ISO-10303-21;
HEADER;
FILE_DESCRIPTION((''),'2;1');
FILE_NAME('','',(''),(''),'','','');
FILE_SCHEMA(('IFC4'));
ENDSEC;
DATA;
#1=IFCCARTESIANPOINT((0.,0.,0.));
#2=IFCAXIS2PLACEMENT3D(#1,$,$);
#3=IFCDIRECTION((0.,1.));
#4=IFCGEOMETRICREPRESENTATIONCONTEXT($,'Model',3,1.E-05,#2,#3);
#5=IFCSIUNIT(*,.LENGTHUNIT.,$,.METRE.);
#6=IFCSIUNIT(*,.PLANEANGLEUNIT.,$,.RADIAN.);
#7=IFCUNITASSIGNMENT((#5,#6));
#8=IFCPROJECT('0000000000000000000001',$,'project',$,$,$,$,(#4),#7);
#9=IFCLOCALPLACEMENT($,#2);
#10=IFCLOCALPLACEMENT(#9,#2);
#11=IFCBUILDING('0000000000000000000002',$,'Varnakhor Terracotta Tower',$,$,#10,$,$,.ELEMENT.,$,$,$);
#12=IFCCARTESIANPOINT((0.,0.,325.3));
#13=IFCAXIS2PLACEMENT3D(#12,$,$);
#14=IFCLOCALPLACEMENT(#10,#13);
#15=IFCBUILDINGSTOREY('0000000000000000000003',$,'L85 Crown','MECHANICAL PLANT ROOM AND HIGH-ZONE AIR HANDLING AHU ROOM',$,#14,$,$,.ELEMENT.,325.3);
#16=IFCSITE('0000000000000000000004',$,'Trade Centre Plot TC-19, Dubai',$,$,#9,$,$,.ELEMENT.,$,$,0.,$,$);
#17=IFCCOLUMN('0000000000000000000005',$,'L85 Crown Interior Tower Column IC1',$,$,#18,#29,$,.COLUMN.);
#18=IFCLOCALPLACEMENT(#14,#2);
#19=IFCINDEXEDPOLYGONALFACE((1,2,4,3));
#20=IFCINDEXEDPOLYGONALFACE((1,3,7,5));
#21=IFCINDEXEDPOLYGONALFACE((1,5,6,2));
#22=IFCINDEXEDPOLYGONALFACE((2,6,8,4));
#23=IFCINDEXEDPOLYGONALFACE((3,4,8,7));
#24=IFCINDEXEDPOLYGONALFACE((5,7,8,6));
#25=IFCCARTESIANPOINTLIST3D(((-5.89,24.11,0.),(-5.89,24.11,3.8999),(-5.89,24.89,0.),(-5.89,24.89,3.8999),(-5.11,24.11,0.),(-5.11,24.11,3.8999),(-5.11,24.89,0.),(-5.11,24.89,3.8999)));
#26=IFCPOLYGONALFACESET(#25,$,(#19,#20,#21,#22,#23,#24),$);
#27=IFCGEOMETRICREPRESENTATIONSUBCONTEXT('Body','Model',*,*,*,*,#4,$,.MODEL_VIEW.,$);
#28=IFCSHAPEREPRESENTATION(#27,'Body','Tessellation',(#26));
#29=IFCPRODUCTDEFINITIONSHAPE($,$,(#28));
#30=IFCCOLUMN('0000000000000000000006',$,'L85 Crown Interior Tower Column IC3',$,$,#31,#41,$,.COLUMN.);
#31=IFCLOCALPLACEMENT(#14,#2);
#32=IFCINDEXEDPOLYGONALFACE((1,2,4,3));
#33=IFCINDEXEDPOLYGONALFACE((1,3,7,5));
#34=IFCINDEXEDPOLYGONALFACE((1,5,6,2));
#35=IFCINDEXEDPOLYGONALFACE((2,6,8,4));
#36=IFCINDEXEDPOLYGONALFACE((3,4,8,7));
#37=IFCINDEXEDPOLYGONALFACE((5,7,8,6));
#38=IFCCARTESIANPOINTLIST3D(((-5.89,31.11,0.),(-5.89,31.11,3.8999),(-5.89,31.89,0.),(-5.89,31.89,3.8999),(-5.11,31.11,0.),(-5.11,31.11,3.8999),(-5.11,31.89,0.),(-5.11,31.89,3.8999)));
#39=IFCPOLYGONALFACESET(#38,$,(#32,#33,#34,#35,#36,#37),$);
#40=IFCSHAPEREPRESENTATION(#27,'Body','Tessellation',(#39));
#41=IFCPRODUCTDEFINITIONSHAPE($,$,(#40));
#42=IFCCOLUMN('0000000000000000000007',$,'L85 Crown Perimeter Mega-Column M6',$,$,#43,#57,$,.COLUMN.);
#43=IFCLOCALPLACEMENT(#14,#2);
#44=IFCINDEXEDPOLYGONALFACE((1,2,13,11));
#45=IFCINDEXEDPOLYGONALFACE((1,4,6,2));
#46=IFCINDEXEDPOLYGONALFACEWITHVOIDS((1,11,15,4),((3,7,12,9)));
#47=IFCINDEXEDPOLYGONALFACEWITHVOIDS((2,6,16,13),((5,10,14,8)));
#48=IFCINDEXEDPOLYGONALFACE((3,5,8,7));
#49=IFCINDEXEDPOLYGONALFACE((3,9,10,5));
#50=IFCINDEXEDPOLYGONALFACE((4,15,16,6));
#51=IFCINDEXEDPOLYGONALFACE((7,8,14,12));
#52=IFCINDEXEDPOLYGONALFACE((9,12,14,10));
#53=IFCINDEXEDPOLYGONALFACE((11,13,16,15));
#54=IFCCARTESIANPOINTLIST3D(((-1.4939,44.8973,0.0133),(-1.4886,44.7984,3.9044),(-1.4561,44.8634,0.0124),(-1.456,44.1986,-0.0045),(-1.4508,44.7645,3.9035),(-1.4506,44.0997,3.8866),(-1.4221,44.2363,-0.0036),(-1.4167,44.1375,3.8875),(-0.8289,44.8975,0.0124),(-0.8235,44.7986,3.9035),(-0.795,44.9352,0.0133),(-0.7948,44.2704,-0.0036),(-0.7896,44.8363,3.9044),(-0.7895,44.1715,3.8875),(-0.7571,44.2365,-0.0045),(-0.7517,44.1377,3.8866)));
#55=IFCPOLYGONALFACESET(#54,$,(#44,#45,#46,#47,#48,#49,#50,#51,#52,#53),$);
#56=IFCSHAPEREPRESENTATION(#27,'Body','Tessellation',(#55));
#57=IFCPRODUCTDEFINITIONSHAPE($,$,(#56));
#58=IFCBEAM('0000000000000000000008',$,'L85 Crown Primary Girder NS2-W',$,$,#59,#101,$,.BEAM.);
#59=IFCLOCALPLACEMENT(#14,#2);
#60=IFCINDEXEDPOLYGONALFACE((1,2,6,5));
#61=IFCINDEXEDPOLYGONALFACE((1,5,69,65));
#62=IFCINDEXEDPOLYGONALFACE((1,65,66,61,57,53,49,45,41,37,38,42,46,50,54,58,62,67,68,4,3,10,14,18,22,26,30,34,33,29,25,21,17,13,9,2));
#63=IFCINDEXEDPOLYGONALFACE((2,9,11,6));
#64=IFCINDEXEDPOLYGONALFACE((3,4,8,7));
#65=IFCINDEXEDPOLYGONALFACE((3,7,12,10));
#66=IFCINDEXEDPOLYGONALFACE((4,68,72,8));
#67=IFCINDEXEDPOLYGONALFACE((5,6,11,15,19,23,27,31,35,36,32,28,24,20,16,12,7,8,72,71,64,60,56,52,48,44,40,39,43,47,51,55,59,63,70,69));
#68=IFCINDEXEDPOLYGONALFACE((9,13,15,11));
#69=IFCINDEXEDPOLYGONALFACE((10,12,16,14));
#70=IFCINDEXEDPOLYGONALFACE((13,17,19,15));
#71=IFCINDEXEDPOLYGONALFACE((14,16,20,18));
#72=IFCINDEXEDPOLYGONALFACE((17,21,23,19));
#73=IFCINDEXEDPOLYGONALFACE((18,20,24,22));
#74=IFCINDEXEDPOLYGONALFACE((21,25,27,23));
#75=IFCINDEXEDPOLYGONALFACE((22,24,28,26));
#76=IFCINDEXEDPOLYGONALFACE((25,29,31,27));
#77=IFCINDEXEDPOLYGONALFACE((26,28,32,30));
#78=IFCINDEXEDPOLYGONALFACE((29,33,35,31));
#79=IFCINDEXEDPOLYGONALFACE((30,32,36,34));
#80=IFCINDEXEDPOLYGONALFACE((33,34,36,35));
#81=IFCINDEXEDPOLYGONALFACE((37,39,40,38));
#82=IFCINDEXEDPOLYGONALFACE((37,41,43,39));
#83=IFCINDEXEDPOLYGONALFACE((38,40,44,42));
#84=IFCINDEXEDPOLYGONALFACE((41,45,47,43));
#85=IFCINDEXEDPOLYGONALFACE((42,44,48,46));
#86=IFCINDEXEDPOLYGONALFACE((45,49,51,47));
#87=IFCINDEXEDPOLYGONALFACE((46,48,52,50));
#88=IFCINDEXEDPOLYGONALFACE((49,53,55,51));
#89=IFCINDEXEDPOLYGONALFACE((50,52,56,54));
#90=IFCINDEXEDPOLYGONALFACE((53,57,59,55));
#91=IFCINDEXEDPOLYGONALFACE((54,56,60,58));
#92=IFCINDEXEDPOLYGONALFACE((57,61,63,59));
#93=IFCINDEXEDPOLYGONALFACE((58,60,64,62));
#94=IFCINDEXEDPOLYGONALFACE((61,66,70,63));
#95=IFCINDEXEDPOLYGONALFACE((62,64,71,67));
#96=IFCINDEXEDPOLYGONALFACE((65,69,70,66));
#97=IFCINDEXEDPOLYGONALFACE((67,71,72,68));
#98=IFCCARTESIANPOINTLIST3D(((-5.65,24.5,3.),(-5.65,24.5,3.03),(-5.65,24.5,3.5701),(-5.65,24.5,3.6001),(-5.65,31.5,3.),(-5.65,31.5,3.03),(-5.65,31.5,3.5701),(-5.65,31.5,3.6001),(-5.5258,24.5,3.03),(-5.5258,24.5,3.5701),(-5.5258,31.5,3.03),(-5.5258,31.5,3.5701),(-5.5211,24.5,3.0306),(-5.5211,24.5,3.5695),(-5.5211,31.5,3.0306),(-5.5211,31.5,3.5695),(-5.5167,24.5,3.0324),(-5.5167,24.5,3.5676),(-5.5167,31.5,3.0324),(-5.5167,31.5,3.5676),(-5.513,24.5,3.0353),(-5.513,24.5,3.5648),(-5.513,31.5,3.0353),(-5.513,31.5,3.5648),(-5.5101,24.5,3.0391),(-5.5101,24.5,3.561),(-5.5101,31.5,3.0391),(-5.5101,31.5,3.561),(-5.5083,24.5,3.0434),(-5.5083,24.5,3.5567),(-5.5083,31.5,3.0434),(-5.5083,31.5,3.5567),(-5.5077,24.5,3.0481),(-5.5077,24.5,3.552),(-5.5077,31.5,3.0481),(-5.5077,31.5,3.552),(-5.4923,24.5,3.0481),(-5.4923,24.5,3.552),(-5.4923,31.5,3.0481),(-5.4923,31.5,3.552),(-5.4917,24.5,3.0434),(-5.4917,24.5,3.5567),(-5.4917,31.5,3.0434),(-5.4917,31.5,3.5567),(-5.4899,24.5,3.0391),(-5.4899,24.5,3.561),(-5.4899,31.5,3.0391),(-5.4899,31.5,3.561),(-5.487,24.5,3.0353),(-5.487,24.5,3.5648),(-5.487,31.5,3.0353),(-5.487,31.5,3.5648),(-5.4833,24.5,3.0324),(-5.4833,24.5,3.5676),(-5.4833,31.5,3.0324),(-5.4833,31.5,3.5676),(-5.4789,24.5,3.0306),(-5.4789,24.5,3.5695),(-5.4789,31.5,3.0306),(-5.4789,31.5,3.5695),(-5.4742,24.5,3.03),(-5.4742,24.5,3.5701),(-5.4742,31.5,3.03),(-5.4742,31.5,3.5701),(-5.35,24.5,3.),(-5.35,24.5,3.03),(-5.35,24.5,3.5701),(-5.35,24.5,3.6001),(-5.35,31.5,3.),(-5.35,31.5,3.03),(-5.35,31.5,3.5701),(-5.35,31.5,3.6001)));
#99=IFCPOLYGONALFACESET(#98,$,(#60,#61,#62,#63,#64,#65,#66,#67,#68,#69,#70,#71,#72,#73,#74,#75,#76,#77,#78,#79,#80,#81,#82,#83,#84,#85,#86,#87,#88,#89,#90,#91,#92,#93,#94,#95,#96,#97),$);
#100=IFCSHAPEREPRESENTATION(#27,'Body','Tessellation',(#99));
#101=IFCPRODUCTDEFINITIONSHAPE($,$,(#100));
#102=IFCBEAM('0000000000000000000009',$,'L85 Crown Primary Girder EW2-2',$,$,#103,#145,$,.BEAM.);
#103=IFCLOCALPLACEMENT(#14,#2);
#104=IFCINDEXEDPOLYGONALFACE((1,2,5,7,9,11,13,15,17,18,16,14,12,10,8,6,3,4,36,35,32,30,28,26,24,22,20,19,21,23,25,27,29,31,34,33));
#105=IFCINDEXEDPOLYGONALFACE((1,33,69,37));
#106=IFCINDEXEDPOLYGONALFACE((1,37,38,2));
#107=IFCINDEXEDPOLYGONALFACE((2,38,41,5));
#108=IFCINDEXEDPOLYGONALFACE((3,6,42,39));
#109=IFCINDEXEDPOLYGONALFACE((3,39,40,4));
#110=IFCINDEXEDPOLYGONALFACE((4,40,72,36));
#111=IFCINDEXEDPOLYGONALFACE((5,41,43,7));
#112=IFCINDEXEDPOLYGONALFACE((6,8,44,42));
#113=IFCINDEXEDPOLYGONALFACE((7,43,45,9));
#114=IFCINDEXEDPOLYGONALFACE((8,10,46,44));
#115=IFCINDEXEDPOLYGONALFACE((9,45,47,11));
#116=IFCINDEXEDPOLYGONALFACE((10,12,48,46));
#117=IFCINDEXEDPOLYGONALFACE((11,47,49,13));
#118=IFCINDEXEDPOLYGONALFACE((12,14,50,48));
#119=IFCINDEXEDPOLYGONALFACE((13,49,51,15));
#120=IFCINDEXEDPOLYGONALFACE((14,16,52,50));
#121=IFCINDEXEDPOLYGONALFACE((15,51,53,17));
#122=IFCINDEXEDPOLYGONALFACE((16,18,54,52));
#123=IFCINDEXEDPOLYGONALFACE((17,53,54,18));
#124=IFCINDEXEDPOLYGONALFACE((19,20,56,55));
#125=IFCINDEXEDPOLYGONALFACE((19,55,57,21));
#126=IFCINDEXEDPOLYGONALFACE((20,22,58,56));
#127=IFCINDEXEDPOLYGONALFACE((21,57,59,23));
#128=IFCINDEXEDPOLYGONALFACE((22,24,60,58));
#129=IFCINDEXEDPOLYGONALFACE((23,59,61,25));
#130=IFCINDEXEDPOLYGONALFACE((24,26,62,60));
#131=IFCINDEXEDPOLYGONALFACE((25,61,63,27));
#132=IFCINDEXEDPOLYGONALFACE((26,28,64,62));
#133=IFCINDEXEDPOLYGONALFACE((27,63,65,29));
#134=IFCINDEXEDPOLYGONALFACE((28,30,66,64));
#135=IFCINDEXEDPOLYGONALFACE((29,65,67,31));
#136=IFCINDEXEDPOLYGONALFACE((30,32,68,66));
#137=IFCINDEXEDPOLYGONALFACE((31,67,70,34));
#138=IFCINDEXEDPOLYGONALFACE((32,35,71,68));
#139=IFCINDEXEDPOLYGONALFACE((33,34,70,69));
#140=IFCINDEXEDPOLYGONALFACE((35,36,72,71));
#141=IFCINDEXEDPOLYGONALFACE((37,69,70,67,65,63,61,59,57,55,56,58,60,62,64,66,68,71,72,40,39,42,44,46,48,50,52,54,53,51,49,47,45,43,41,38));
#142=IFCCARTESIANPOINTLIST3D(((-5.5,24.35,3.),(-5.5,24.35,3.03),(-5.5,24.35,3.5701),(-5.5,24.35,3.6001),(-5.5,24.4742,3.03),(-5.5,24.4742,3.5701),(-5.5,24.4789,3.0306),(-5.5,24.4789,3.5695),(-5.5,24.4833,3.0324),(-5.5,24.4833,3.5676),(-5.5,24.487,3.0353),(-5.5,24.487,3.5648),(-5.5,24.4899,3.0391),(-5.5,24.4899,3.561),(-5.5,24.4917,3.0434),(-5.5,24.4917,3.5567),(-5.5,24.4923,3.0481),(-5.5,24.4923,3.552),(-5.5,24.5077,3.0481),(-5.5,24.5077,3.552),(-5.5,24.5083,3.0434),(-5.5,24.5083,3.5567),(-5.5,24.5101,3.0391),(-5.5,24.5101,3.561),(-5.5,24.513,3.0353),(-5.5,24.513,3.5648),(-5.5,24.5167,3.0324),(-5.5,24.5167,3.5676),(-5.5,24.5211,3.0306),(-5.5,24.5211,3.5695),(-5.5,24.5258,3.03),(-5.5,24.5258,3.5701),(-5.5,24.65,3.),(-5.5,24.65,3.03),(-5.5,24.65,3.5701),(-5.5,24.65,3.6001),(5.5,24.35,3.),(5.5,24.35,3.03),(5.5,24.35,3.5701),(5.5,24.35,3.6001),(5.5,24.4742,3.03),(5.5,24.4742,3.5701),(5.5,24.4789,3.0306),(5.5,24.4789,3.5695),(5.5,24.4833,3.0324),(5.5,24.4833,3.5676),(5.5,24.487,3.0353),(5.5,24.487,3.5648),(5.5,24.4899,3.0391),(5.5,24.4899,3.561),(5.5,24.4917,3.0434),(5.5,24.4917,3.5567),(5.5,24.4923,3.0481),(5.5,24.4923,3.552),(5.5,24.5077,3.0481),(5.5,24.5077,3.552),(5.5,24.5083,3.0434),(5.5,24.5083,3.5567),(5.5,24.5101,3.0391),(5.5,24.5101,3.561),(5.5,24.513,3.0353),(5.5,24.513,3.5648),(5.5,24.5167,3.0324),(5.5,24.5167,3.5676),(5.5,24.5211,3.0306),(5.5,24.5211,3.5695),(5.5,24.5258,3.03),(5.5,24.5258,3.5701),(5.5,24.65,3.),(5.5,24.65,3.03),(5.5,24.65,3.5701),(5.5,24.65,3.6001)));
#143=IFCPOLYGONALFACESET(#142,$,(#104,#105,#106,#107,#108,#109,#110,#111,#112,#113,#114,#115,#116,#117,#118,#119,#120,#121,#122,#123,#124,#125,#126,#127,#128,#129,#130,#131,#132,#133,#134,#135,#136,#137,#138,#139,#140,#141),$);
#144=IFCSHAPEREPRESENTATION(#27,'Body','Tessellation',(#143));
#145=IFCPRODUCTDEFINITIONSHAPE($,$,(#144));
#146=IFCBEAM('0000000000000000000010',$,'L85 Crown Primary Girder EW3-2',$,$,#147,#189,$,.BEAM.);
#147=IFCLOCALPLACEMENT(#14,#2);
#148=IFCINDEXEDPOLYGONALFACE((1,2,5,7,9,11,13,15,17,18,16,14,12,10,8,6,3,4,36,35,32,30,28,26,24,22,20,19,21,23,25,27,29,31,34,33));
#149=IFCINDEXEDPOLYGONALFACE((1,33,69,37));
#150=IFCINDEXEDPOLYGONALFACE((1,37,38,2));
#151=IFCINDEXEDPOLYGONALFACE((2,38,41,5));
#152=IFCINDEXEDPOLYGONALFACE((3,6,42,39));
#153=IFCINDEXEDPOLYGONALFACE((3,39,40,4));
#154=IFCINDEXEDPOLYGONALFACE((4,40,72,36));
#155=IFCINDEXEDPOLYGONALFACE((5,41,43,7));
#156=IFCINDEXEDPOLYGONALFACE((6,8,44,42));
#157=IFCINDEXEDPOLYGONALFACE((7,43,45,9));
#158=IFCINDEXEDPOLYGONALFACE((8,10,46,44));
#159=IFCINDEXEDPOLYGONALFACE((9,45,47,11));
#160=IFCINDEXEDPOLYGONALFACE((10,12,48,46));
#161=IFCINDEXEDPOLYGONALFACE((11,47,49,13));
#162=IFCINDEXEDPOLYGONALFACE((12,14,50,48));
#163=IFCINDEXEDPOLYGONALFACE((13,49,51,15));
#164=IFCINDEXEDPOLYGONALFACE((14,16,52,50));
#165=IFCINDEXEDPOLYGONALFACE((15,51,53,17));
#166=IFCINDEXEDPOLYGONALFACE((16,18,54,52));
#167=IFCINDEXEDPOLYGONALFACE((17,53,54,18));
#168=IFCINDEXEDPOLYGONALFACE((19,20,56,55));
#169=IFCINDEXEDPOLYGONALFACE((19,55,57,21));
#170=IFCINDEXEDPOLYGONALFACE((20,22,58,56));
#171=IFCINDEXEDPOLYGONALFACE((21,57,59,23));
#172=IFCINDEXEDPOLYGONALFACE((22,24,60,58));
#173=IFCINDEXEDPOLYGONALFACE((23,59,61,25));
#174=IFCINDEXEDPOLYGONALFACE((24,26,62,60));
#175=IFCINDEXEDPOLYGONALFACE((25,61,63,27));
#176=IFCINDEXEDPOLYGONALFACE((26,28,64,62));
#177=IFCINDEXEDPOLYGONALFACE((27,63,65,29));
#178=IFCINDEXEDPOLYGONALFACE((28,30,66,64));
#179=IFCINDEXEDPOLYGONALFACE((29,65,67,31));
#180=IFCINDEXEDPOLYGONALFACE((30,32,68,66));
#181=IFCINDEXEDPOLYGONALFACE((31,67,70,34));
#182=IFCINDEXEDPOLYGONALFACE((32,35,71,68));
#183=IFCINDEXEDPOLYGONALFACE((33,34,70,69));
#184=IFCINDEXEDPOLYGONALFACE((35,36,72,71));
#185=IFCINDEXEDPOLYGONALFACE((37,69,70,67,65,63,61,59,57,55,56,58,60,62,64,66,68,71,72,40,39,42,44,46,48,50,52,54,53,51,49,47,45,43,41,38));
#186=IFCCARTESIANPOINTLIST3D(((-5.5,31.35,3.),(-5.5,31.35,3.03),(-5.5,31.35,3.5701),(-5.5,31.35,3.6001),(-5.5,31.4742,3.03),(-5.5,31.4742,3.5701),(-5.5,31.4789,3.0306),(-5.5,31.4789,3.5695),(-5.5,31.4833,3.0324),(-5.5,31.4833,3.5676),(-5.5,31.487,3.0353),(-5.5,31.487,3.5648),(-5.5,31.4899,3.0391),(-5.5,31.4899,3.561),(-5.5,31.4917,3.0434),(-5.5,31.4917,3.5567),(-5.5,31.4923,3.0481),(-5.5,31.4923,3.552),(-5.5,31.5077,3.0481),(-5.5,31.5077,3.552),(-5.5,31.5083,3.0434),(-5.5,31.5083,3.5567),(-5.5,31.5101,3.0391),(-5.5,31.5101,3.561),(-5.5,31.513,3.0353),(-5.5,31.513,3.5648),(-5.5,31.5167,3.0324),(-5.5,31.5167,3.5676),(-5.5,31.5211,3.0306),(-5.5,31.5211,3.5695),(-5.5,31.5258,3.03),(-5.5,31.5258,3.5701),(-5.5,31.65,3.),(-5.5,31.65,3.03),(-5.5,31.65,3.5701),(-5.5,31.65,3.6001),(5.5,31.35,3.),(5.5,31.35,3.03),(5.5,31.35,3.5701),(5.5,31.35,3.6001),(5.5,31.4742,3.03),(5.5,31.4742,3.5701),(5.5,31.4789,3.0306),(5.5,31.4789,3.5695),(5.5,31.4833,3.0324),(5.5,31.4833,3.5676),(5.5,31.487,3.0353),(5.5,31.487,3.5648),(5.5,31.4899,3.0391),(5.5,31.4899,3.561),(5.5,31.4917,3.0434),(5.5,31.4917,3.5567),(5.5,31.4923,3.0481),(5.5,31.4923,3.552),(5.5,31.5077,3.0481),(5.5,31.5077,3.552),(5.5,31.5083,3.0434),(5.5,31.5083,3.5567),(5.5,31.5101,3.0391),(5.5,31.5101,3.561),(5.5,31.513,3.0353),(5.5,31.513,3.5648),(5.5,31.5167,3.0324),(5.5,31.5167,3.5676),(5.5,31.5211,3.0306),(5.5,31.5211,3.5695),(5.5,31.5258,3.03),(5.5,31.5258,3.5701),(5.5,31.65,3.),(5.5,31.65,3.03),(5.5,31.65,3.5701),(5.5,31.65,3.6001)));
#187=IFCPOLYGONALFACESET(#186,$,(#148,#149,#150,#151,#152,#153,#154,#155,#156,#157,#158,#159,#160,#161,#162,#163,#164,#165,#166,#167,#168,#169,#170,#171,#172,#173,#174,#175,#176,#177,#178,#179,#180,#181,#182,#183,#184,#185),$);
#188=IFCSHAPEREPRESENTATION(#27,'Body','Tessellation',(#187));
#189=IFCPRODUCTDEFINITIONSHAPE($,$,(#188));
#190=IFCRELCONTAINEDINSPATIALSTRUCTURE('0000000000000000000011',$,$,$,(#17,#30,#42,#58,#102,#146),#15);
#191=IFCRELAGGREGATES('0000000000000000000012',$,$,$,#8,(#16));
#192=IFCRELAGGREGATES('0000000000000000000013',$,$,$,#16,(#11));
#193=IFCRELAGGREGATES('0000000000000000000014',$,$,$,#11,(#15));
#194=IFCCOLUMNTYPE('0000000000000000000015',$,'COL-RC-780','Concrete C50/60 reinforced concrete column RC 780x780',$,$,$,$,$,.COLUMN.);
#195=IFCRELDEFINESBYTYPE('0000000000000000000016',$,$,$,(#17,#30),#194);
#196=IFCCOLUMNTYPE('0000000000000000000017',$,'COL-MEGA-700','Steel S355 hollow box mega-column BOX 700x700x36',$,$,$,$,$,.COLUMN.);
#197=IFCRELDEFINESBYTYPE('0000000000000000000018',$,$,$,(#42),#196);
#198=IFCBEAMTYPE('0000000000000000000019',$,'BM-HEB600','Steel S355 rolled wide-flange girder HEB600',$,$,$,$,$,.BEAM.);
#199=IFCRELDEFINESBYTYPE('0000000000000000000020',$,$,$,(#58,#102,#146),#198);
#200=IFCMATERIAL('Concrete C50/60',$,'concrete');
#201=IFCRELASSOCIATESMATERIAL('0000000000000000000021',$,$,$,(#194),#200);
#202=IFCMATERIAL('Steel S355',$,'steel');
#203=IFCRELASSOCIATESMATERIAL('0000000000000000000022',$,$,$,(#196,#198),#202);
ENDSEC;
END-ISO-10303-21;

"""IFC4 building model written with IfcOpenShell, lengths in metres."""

from ifc_helpers import new_model, si_unit, direction, frame, origin, origin_2d, place, context, subcontext, project, spatial, rectangle, hollow_rectangle, i_section, extrude, source, transform, mapped, material, material_profile, profile_set, type_object, element, save


model = new_model("IFC4")

# Units and contexts
model_context = context("Model", 3, precision=1e-05, world=origin(), true_north=direction((0.0, 1.0)))
body_context = subcontext(model_context, "Body", "Model", "MODEL_VIEW")
ifc_project = project(units=[si_unit("LENGTHUNIT", "METRE"), si_unit("PLANEANGLEUNIT", "RADIAN")], contexts=[model_context])

# Site, building, storey
site_placement = place(None, origin())
site = spatial("IfcSite", under=ifc_project, at=site_placement, Name="Trade Centre Plot TC-19, Dubai", CompositionType="ELEMENT", RefElevation=0.0)
building_placement = place(site_placement, origin())
building = spatial("IfcBuilding", under=site, at=building_placement, Name="Varnakhor Terracotta Tower", CompositionType="ELEMENT")
storey_placement = place(building_placement, frame((0.0, 0.0, 325.3)))
storey = spatial("IfcBuildingStorey", under=building, at=storey_placement, Name="L85 Crown", Description="MECHANICAL PLANT ROOM AND HIGH-ZONE AIR HANDLING AHU ROOM", CompositionType="ELEMENT", Elevation=325.3)

# Columns
ifc_material_1 = material(Name="Concrete C50/60", Category="concrete")
ifc_material_profile_1 = material_profile(ifc_material_1, rectangle(XDim=0.78, YDim=0.78, at=origin_2d()), Name="RC 780x780")
ifc_profile_set_1 = profile_set([ifc_material_profile_1], Name="Concrete C50/60")
column_type_1 = type_object("IfcColumnType", Name="COL-RC-780", Description="Concrete C50/60 reinforced concrete column RC 780x780", PredefinedType="COLUMN", material=ifc_profile_set_1)
shared_shape_1 = source(origin(), body_context, "Body", "SweptSolid", [
    extrude(rectangle(XDim=0.78, YDim=0.78, at=origin_2d()), origin(), (0.0, 0.0, 1.0), 3.8999),
])
for number, where, z_axis, x_axis, name in (
    (1, (-5.5, 24.5, 0.0), (0.0, 0.0, 1.0), (1.0, 0.0, 0.0), "L85 Crown Interior Tower Column IC1"),
    (2, (-5.5, 31.5, 0.0), (0.0, 0.0, 1.0), (1.0, 0.0, 0.0), "L85 Crown Interior Tower Column IC3"),
):
    element("IfcColumn", number, at=place(storey_placement, frame(where, z_axis=z_axis, x_axis=x_axis)), inside=storey, type_object=column_type_1, Name=name, PredefinedType="COLUMN", context=body_context, shape_type="MappedRepresentation", body=[
        mapped(shared_shape_1, transform((0.0, 0.0, 0.0), scale=1.0)),
    ])
ifc_material_2 = material(Name="Steel S355", Category="steel")
ifc_material_profile_2 = material_profile(ifc_material_2, hollow_rectangle(XDim=0.7, YDim=0.7, WallThickness=0.0359, at=origin_2d()), Name="BOX 700x700x36")
ifc_profile_set_2 = profile_set([ifc_material_profile_2], Name="Steel S355")
column_type_2 = type_object("IfcColumnType", Name="COL-MEGA-700", Description="Steel S355 hollow box mega-column BOX 700x700x36", PredefinedType="COLUMN", material=ifc_profile_set_2)
shared_shape_2 = source(origin(), body_context, "Body", "SweptSolid", [
    extrude(hollow_rectangle(XDim=0.7, YDim=0.7, WallThickness=0.0359, at=origin_2d()), origin(), (0.0, 0.0, 1.0), 3.8923),
])
column_placement = place(storey_placement, frame((-1.1255, 44.5669, 0.0044), z_axis=(0.00138, -0.025403, 0.999676), x_axis=(0.998528, 0.054241, 0.0)))
element("IfcColumn", 3, at=column_placement, inside=storey, type_object=column_type_2, Name="L85 Crown Perimeter Mega-Column M6", PredefinedType="COLUMN", context=body_context, shape_type="MappedRepresentation", body=[
    mapped(shared_shape_2, transform((0.0, 0.0, 0.0), scale=1.0)),
])

# Beams
ifc_material_profile_3 = material_profile(ifc_material_2, i_section(OverallWidth=0.3, OverallDepth=0.6001, WebThickness=0.0154, FlangeThickness=0.03, FilletRadius=0.0181, at=origin_2d()), Name="HEB600")
ifc_profile_set_3 = profile_set([ifc_material_profile_3], Name="Steel S355")
beam_type = type_object("IfcBeamType", Name="BM-HEB600", Description="Steel S355 rolled wide-flange girder HEB600", PredefinedType="BEAM", material=ifc_profile_set_3)
shared_shape_3 = source(origin(), body_context, "Body", "SweptSolid", [
    extrude(i_section(OverallWidth=0.3, OverallDepth=0.6001, WebThickness=0.0154, FlangeThickness=0.03, FilletRadius=0.0181, at=origin_2d()), origin(), (0.0, 0.0, 1.0), 7.0),
])
beam_1_placement = place(storey_placement, frame((-5.5, 24.5, 3.3), z_axis=(0.0, 1.0, 0.0), x_axis=(-1.0, 0.0, 0.0)))
element("IfcBeam", 4, at=beam_1_placement, inside=storey, type_object=beam_type, Name="L85 Crown Primary Girder NS2-W", PredefinedType="BEAM", context=body_context, shape_type="MappedRepresentation", body=[
    mapped(shared_shape_3, transform((0.0, 0.0, 0.0), scale=1.0)),
])
shared_shape_4 = source(origin(), body_context, "Body", "SweptSolid", [
    extrude(i_section(OverallWidth=0.3, OverallDepth=0.6001, WebThickness=0.0154, FlangeThickness=0.03, FilletRadius=0.0181, at=origin_2d()), origin(), (0.0, 0.0, 1.0), 11.0),
])
for number, where, z_axis, x_axis, name in (
    (5, (-5.5, 24.5, 3.3), (1.0, 0.0, 0.0), (0.0, 1.0, 0.0), "L85 Crown Primary Girder EW2-2"),
    (6, (-5.5, 31.5, 3.3), (1.0, 0.0, 0.0), (0.0, 1.0, 0.0), "L85 Crown Primary Girder EW3-2"),
):
    element("IfcBeam", number, at=place(storey_placement, frame(where, z_axis=z_axis, x_axis=x_axis)), inside=storey, type_object=beam_type, Name=name, PredefinedType="BEAM", context=body_context, shape_type="MappedRepresentation", body=[
        mapped(shared_shape_4, transform((0.0, 0.0, 0.0), scale=1.0)),
    ])

save(model, "model.ifc")
